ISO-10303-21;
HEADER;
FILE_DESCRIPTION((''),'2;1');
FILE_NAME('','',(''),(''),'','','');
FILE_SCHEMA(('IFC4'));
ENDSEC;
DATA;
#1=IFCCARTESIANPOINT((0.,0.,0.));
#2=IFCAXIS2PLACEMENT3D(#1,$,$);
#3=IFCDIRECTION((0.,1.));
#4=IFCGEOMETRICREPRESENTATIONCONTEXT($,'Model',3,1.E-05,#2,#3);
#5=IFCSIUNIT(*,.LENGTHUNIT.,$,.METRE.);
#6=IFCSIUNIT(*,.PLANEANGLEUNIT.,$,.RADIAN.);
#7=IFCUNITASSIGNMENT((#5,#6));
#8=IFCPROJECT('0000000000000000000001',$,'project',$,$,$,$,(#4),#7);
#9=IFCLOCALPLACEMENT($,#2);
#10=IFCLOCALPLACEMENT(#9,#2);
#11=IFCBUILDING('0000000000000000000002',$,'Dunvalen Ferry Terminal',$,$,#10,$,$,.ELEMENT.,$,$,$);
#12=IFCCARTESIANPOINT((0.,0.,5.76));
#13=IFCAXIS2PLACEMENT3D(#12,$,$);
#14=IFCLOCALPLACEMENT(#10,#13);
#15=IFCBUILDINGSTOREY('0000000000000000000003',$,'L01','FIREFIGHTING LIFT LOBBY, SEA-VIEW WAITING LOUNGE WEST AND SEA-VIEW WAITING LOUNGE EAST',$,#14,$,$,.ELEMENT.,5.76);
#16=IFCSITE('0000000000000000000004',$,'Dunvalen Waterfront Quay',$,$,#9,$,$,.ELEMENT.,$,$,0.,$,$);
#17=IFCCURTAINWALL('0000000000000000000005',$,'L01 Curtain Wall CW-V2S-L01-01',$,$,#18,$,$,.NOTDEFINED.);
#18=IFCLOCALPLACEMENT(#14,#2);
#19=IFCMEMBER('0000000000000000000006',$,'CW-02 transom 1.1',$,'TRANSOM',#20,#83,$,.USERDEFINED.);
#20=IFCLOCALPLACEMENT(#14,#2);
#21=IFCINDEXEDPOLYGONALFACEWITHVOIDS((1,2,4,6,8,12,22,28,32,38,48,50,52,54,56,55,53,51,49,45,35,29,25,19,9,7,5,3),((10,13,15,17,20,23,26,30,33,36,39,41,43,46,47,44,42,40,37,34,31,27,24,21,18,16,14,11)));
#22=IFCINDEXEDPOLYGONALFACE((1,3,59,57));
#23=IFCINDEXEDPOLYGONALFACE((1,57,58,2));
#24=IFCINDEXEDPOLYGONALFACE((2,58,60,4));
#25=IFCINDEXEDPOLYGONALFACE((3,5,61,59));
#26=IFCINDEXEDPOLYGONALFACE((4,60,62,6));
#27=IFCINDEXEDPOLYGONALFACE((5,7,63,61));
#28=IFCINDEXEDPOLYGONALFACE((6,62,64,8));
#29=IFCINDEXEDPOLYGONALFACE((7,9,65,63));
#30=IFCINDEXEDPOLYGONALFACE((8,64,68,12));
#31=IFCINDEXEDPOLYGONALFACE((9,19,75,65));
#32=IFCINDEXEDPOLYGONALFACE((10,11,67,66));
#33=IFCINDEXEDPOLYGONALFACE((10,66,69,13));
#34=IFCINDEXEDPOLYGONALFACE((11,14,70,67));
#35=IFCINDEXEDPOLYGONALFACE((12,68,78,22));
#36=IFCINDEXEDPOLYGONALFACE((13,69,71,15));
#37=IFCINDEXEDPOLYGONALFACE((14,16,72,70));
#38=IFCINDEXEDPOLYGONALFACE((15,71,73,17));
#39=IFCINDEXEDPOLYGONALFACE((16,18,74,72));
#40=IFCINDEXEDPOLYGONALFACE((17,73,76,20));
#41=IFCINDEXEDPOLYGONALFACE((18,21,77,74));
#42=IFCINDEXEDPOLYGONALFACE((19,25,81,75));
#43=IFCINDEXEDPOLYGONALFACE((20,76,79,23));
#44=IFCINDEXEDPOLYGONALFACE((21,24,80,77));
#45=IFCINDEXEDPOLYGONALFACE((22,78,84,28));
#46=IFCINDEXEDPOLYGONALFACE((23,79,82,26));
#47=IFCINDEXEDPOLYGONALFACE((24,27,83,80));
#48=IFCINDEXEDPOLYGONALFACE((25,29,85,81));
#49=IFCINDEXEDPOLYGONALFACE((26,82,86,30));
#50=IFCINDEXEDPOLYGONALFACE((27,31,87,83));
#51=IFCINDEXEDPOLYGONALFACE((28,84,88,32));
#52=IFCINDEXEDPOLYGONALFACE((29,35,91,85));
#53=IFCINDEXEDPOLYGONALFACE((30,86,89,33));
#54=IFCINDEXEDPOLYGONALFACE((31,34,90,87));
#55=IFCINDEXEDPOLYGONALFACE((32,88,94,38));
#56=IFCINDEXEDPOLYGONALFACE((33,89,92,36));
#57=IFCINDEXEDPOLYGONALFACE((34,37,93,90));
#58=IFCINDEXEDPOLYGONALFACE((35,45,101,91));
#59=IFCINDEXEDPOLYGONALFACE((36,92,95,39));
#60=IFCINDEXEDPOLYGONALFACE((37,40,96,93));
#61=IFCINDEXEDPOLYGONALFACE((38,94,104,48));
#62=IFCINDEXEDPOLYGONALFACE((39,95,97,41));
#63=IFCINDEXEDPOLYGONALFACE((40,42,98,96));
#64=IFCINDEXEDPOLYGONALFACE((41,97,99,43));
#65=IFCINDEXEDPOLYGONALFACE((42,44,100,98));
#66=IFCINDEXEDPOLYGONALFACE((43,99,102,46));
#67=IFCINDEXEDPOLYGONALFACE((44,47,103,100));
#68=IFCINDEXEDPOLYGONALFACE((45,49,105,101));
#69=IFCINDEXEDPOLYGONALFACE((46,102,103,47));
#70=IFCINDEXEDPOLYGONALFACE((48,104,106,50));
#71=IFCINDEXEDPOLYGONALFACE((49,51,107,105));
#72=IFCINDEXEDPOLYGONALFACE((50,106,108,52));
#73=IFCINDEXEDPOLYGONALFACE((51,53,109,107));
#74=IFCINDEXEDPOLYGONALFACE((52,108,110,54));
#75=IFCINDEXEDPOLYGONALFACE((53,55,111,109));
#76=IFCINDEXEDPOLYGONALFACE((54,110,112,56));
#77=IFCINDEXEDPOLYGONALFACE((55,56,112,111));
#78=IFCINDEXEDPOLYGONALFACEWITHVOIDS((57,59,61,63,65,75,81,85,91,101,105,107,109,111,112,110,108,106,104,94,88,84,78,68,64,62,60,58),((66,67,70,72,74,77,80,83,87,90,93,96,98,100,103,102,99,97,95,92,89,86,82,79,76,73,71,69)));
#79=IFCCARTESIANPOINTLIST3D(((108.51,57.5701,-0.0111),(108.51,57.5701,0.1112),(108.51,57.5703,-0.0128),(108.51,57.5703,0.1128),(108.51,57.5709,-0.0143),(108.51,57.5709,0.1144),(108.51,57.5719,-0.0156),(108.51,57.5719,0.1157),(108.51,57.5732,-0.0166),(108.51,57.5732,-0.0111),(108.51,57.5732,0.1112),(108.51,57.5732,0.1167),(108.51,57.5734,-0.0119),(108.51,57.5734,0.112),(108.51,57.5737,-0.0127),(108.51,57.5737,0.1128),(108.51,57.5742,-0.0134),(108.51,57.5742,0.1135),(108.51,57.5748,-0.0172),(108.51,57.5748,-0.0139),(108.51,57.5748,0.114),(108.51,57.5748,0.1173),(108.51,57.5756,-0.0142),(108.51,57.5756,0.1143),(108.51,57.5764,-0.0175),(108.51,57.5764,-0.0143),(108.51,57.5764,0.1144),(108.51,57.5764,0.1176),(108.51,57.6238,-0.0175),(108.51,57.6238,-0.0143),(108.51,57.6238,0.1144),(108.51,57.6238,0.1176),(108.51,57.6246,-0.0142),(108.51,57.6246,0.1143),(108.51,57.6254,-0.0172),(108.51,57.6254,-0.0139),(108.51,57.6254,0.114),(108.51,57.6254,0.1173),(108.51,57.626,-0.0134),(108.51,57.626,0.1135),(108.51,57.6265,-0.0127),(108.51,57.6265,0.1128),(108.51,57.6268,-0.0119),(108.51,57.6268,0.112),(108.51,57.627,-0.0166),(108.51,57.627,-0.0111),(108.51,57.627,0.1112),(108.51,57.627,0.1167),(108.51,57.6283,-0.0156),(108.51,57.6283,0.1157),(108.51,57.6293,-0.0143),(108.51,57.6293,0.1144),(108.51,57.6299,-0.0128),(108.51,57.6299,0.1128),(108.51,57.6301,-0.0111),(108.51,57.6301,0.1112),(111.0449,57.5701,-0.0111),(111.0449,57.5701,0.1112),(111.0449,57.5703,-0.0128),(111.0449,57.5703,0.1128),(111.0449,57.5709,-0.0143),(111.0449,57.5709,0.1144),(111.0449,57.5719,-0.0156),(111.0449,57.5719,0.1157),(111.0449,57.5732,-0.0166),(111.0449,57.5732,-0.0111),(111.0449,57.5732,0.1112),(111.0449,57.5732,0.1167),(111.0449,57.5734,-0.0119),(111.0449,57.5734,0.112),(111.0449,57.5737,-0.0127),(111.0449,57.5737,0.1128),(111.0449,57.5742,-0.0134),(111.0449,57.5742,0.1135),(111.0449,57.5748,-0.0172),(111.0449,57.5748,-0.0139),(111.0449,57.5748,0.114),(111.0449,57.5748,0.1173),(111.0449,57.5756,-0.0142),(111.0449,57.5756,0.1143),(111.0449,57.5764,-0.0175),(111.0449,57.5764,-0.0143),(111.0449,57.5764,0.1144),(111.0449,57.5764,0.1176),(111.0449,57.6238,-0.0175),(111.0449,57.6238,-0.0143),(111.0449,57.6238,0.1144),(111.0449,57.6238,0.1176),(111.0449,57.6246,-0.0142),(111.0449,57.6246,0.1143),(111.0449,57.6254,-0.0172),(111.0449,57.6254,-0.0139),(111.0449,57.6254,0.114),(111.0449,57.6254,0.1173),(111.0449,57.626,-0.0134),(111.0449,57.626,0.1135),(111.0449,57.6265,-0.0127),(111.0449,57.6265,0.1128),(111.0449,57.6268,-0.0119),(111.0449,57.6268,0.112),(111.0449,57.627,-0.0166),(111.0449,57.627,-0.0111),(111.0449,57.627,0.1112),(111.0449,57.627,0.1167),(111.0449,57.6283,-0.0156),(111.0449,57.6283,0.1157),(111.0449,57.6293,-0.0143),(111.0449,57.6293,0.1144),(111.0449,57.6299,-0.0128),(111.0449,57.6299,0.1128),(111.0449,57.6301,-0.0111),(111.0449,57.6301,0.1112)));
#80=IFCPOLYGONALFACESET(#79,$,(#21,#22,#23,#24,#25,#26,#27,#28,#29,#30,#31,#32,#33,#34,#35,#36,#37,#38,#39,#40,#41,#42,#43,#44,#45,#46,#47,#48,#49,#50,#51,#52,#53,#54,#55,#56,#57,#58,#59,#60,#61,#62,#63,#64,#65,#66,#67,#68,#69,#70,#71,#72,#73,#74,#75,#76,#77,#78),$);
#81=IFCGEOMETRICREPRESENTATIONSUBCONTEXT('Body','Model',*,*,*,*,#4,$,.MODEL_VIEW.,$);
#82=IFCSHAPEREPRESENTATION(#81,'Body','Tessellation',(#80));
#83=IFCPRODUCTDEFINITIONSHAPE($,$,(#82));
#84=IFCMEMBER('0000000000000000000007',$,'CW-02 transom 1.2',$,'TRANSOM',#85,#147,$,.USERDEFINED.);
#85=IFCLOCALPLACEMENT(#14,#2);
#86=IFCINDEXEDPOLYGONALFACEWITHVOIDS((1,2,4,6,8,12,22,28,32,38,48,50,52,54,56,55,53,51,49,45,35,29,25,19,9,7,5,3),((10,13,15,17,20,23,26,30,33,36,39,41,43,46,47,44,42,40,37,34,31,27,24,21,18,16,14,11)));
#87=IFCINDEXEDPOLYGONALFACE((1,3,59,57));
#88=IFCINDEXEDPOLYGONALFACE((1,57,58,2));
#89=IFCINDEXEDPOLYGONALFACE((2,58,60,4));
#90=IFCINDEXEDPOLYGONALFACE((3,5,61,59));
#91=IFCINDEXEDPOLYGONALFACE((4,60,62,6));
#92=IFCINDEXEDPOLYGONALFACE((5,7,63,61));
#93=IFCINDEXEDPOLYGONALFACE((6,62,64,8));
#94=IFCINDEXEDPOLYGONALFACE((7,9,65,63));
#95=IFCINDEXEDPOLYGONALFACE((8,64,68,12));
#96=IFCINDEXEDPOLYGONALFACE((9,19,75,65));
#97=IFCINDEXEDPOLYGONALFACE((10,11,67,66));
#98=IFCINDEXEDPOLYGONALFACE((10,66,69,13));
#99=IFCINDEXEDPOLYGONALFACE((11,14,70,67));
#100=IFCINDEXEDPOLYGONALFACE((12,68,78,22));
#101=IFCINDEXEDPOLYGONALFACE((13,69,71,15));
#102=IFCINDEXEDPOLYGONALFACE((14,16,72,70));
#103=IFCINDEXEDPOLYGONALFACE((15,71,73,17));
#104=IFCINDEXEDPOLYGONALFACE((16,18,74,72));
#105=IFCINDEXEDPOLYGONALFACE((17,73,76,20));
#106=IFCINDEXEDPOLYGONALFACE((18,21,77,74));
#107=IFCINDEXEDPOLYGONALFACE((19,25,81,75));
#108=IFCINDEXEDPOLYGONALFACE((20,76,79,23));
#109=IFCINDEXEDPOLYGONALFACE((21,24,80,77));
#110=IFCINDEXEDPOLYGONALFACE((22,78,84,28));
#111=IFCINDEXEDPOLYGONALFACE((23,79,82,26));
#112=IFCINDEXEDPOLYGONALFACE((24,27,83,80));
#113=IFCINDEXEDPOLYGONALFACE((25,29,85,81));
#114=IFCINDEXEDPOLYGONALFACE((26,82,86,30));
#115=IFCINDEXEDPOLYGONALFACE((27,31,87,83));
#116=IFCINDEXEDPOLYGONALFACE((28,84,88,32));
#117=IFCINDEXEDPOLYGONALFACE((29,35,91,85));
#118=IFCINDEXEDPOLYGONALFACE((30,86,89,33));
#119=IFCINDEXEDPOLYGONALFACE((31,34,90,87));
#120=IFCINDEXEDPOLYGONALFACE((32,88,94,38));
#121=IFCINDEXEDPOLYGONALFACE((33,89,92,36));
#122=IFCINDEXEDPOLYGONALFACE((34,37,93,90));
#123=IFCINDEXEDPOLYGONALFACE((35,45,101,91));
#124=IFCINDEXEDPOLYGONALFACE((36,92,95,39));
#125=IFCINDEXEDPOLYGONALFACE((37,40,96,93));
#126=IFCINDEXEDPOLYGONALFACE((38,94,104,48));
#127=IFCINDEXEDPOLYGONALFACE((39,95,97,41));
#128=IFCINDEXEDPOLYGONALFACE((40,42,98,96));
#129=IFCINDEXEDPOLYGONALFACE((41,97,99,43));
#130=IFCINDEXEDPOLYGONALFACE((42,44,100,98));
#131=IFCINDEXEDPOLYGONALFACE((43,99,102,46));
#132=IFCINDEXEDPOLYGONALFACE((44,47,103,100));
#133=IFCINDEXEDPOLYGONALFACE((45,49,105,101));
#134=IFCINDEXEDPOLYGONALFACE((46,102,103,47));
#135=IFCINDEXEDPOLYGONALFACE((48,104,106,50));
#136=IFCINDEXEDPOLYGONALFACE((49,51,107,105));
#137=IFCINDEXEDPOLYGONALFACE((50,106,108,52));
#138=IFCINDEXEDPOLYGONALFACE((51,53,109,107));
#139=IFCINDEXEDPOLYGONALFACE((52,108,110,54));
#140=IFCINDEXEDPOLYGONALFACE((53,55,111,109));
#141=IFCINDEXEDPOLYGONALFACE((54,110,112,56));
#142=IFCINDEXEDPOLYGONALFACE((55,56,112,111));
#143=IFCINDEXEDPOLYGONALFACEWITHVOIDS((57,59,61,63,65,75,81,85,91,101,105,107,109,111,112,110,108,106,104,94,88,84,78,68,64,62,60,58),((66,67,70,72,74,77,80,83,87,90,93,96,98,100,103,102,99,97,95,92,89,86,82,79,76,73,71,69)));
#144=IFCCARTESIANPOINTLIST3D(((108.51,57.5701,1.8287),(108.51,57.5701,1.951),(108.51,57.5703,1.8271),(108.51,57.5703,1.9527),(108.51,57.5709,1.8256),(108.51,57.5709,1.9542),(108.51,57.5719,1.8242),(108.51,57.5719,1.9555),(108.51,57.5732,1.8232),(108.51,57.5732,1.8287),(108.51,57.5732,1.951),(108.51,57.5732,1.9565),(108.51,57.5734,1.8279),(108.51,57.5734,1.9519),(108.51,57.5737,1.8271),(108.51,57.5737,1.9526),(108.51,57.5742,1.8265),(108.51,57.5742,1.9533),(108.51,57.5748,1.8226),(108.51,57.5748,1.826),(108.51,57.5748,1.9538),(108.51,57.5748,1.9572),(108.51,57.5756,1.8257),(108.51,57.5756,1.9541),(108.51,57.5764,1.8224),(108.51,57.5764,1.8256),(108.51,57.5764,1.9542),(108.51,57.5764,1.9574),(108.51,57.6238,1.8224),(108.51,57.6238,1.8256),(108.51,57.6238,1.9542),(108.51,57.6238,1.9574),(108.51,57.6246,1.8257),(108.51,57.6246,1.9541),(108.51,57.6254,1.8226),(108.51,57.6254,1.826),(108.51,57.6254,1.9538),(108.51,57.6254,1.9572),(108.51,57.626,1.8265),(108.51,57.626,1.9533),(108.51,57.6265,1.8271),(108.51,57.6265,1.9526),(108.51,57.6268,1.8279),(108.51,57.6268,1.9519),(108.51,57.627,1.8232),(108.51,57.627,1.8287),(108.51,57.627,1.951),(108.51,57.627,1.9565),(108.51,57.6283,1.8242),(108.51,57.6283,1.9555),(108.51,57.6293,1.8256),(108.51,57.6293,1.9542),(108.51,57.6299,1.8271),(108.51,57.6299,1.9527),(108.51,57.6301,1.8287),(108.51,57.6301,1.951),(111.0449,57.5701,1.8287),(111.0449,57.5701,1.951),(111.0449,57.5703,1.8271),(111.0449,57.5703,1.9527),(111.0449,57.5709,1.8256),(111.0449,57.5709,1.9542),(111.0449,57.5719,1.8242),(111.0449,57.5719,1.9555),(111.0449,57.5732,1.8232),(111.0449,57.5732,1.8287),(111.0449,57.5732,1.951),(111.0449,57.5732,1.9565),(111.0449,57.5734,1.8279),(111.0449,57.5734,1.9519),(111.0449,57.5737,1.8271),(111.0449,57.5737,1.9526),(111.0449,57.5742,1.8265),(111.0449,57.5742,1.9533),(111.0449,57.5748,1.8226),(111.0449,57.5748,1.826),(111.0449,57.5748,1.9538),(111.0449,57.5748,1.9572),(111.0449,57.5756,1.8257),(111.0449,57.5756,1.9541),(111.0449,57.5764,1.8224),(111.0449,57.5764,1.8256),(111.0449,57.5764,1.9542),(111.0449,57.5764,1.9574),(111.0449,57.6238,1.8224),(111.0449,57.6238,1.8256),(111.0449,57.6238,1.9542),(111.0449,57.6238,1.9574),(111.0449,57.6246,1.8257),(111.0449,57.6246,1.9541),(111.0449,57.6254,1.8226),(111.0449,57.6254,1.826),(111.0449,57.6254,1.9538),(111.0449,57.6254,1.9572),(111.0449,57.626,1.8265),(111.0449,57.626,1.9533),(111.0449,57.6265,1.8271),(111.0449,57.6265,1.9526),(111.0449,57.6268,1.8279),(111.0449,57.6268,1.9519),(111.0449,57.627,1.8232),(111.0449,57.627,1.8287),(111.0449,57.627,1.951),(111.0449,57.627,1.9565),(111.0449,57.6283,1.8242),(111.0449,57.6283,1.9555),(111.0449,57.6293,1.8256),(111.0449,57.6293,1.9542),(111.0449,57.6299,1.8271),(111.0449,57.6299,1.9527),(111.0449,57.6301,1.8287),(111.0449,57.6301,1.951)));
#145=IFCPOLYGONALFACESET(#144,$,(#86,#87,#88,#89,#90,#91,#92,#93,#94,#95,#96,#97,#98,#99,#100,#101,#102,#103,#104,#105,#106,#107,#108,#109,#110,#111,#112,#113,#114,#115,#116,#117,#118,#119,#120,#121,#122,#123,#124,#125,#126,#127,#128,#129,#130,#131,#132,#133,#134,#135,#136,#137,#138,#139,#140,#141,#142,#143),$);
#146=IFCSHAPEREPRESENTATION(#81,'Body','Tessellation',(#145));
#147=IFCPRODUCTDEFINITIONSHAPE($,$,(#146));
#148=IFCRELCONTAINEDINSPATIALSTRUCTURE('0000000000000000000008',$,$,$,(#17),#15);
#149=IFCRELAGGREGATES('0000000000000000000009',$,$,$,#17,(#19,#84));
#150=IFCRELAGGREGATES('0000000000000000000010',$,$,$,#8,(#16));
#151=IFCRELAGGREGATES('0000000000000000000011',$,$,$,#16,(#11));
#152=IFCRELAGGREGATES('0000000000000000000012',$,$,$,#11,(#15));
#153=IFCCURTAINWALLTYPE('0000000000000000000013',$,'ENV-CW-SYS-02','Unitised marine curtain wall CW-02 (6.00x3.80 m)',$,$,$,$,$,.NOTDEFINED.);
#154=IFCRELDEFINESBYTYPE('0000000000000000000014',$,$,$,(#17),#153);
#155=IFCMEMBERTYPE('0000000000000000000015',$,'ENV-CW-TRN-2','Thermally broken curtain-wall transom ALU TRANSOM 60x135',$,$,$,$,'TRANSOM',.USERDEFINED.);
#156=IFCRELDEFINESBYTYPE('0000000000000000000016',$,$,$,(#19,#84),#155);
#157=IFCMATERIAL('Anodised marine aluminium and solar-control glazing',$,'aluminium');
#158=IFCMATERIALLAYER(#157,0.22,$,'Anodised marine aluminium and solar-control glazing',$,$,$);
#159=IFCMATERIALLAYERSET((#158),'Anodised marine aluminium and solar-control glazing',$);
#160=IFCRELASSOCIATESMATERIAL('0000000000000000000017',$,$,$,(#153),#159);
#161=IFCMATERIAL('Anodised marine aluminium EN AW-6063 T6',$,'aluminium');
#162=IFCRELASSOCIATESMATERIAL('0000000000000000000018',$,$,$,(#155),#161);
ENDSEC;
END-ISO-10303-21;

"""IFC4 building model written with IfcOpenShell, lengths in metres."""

from ifc_helpers import new_model, si_unit, direction, frame, origin, origin_2d, place, context, subcontext, project, spatial, hollow_rectangle, extrude, material, layer, layer_set, material_profile, profile_set, type_object, element, aggregate, save


model = new_model("IFC4")

# Units and contexts
model_context = context("Model", 3, precision=1e-05, world=origin(), true_north=direction((0.0, 1.0)))
body_context = subcontext(model_context, "Body", "Model", "MODEL_VIEW")
ifc_project = project(units=[si_unit("LENGTHUNIT", "METRE"), si_unit("PLANEANGLEUNIT", "RADIAN")], contexts=[model_context])

# Site, building, storey
site_placement = place(None, origin())
site = spatial("IfcSite", under=ifc_project, at=site_placement, Name="Dunvalen Waterfront Quay", CompositionType="ELEMENT", RefElevation=0.0)
building_placement = place(site_placement, origin())
building = spatial("IfcBuilding", under=site, at=building_placement, Name="Dunvalen Ferry Terminal", CompositionType="ELEMENT")
storey_placement = place(building_placement, frame((0.0, 0.0, 5.76)))
storey = spatial("IfcBuildingStorey", under=building, at=storey_placement, Name="L01", Description="FIREFIGHTING LIFT LOBBY, SEA-VIEW WAITING LOUNGE WEST AND SEA-VIEW WAITING LOUNGE EAST", CompositionType="ELEMENT", Elevation=5.76)

# Curtain wall
ifc_material_1 = material(Name="Anodised marine aluminium and solar-control glazing", Category="aluminium")
ifc_layer_1 = layer(ifc_material_1, 0.22, Name="Anodised marine aluminium and solar-control glazing")
ifc_layer_set_1 = layer_set([ifc_layer_1], Name="Anodised marine aluminium and solar-control glazing")
curtain_wall_type_1 = type_object("IfcCurtainWallType", Name="ENV-CW-SYS-02", Description="Unitised marine curtain wall CW-02 (6.00x3.80 m)", PredefinedType="NOTDEFINED", material=ifc_layer_set_1)
curtain_wall_1_placement = place(storey_placement, origin())
curtain_wall_1 = element("IfcCurtainWall", 1, at=curtain_wall_1_placement, inside=storey, type_object=curtain_wall_type_1, Name="L01 Curtain Wall CW-V2S-L01-01", PredefinedType="NOTDEFINED")
ifc_material_2 = material(Name="Anodised marine aluminium EN AW-6063 T6", Category="aluminium")

# Members
ifc_material_profile_1 = material_profile(ifc_material_2, hollow_rectangle(XDim=0.0601, YDim=0.135, WallThickness=0.0032, InnerFilletRadius=0.0032, OuterFilletRadius=0.0063, at=origin_2d()), Name="Anodised marine aluminium EN AW-6063 T6")
ifc_profile_set_1 = profile_set([ifc_material_profile_1], Name="Anodised marine aluminium EN AW-6063 T6")
member_type_1 = type_object("IfcMemberType", Name="ENV-CW-TRN-2", Description="Thermally broken curtain-wall transom ALU TRANSOM 60x135", ElementType="TRANSOM", PredefinedType="USERDEFINED", material=ifc_profile_set_1)
member_1_placement = place(storey_placement, frame((108.51, 57.6001, 0.05), z_axis=(1.0, 0.0, 0.0), x_axis=(0.0, 1.0, 0.0)))
member_1 = element("IfcMember", 2, at=member_1_placement, type_object=member_type_1, Name="CW-02 transom 1.1", ObjectType="TRANSOM", PredefinedType="USERDEFINED", context=body_context, shape_type="SweptSolid", body=[
    extrude(hollow_rectangle(XDim=0.0601, YDim=0.135, WallThickness=0.0032, InnerFilletRadius=0.0032, OuterFilletRadius=0.0063, at=origin_2d()), origin(), (0.0, 0.0, 1.0), 2.5349),
])
member_2_placement = place(storey_placement, frame((108.51, 57.6001, 1.8899), z_axis=(1.0, 0.0, 0.0), x_axis=(0.0, 1.0, 0.0)))
member_2 = element("IfcMember", 3, at=member_2_placement, type_object=member_type_1, Name="CW-02 transom 1.2", ObjectType="TRANSOM", PredefinedType="USERDEFINED", context=body_context, shape_type="SweptSolid", body=[
    extrude(hollow_rectangle(XDim=0.0601, YDim=0.135, WallThickness=0.0032, InnerFilletRadius=0.0032, OuterFilletRadius=0.0063, at=origin_2d()), origin(), (0.0, 0.0, 1.0), 2.5349),
])

aggregate(curtain_wall_1, [member_1, member_2])

save(model, "model.ifc")
